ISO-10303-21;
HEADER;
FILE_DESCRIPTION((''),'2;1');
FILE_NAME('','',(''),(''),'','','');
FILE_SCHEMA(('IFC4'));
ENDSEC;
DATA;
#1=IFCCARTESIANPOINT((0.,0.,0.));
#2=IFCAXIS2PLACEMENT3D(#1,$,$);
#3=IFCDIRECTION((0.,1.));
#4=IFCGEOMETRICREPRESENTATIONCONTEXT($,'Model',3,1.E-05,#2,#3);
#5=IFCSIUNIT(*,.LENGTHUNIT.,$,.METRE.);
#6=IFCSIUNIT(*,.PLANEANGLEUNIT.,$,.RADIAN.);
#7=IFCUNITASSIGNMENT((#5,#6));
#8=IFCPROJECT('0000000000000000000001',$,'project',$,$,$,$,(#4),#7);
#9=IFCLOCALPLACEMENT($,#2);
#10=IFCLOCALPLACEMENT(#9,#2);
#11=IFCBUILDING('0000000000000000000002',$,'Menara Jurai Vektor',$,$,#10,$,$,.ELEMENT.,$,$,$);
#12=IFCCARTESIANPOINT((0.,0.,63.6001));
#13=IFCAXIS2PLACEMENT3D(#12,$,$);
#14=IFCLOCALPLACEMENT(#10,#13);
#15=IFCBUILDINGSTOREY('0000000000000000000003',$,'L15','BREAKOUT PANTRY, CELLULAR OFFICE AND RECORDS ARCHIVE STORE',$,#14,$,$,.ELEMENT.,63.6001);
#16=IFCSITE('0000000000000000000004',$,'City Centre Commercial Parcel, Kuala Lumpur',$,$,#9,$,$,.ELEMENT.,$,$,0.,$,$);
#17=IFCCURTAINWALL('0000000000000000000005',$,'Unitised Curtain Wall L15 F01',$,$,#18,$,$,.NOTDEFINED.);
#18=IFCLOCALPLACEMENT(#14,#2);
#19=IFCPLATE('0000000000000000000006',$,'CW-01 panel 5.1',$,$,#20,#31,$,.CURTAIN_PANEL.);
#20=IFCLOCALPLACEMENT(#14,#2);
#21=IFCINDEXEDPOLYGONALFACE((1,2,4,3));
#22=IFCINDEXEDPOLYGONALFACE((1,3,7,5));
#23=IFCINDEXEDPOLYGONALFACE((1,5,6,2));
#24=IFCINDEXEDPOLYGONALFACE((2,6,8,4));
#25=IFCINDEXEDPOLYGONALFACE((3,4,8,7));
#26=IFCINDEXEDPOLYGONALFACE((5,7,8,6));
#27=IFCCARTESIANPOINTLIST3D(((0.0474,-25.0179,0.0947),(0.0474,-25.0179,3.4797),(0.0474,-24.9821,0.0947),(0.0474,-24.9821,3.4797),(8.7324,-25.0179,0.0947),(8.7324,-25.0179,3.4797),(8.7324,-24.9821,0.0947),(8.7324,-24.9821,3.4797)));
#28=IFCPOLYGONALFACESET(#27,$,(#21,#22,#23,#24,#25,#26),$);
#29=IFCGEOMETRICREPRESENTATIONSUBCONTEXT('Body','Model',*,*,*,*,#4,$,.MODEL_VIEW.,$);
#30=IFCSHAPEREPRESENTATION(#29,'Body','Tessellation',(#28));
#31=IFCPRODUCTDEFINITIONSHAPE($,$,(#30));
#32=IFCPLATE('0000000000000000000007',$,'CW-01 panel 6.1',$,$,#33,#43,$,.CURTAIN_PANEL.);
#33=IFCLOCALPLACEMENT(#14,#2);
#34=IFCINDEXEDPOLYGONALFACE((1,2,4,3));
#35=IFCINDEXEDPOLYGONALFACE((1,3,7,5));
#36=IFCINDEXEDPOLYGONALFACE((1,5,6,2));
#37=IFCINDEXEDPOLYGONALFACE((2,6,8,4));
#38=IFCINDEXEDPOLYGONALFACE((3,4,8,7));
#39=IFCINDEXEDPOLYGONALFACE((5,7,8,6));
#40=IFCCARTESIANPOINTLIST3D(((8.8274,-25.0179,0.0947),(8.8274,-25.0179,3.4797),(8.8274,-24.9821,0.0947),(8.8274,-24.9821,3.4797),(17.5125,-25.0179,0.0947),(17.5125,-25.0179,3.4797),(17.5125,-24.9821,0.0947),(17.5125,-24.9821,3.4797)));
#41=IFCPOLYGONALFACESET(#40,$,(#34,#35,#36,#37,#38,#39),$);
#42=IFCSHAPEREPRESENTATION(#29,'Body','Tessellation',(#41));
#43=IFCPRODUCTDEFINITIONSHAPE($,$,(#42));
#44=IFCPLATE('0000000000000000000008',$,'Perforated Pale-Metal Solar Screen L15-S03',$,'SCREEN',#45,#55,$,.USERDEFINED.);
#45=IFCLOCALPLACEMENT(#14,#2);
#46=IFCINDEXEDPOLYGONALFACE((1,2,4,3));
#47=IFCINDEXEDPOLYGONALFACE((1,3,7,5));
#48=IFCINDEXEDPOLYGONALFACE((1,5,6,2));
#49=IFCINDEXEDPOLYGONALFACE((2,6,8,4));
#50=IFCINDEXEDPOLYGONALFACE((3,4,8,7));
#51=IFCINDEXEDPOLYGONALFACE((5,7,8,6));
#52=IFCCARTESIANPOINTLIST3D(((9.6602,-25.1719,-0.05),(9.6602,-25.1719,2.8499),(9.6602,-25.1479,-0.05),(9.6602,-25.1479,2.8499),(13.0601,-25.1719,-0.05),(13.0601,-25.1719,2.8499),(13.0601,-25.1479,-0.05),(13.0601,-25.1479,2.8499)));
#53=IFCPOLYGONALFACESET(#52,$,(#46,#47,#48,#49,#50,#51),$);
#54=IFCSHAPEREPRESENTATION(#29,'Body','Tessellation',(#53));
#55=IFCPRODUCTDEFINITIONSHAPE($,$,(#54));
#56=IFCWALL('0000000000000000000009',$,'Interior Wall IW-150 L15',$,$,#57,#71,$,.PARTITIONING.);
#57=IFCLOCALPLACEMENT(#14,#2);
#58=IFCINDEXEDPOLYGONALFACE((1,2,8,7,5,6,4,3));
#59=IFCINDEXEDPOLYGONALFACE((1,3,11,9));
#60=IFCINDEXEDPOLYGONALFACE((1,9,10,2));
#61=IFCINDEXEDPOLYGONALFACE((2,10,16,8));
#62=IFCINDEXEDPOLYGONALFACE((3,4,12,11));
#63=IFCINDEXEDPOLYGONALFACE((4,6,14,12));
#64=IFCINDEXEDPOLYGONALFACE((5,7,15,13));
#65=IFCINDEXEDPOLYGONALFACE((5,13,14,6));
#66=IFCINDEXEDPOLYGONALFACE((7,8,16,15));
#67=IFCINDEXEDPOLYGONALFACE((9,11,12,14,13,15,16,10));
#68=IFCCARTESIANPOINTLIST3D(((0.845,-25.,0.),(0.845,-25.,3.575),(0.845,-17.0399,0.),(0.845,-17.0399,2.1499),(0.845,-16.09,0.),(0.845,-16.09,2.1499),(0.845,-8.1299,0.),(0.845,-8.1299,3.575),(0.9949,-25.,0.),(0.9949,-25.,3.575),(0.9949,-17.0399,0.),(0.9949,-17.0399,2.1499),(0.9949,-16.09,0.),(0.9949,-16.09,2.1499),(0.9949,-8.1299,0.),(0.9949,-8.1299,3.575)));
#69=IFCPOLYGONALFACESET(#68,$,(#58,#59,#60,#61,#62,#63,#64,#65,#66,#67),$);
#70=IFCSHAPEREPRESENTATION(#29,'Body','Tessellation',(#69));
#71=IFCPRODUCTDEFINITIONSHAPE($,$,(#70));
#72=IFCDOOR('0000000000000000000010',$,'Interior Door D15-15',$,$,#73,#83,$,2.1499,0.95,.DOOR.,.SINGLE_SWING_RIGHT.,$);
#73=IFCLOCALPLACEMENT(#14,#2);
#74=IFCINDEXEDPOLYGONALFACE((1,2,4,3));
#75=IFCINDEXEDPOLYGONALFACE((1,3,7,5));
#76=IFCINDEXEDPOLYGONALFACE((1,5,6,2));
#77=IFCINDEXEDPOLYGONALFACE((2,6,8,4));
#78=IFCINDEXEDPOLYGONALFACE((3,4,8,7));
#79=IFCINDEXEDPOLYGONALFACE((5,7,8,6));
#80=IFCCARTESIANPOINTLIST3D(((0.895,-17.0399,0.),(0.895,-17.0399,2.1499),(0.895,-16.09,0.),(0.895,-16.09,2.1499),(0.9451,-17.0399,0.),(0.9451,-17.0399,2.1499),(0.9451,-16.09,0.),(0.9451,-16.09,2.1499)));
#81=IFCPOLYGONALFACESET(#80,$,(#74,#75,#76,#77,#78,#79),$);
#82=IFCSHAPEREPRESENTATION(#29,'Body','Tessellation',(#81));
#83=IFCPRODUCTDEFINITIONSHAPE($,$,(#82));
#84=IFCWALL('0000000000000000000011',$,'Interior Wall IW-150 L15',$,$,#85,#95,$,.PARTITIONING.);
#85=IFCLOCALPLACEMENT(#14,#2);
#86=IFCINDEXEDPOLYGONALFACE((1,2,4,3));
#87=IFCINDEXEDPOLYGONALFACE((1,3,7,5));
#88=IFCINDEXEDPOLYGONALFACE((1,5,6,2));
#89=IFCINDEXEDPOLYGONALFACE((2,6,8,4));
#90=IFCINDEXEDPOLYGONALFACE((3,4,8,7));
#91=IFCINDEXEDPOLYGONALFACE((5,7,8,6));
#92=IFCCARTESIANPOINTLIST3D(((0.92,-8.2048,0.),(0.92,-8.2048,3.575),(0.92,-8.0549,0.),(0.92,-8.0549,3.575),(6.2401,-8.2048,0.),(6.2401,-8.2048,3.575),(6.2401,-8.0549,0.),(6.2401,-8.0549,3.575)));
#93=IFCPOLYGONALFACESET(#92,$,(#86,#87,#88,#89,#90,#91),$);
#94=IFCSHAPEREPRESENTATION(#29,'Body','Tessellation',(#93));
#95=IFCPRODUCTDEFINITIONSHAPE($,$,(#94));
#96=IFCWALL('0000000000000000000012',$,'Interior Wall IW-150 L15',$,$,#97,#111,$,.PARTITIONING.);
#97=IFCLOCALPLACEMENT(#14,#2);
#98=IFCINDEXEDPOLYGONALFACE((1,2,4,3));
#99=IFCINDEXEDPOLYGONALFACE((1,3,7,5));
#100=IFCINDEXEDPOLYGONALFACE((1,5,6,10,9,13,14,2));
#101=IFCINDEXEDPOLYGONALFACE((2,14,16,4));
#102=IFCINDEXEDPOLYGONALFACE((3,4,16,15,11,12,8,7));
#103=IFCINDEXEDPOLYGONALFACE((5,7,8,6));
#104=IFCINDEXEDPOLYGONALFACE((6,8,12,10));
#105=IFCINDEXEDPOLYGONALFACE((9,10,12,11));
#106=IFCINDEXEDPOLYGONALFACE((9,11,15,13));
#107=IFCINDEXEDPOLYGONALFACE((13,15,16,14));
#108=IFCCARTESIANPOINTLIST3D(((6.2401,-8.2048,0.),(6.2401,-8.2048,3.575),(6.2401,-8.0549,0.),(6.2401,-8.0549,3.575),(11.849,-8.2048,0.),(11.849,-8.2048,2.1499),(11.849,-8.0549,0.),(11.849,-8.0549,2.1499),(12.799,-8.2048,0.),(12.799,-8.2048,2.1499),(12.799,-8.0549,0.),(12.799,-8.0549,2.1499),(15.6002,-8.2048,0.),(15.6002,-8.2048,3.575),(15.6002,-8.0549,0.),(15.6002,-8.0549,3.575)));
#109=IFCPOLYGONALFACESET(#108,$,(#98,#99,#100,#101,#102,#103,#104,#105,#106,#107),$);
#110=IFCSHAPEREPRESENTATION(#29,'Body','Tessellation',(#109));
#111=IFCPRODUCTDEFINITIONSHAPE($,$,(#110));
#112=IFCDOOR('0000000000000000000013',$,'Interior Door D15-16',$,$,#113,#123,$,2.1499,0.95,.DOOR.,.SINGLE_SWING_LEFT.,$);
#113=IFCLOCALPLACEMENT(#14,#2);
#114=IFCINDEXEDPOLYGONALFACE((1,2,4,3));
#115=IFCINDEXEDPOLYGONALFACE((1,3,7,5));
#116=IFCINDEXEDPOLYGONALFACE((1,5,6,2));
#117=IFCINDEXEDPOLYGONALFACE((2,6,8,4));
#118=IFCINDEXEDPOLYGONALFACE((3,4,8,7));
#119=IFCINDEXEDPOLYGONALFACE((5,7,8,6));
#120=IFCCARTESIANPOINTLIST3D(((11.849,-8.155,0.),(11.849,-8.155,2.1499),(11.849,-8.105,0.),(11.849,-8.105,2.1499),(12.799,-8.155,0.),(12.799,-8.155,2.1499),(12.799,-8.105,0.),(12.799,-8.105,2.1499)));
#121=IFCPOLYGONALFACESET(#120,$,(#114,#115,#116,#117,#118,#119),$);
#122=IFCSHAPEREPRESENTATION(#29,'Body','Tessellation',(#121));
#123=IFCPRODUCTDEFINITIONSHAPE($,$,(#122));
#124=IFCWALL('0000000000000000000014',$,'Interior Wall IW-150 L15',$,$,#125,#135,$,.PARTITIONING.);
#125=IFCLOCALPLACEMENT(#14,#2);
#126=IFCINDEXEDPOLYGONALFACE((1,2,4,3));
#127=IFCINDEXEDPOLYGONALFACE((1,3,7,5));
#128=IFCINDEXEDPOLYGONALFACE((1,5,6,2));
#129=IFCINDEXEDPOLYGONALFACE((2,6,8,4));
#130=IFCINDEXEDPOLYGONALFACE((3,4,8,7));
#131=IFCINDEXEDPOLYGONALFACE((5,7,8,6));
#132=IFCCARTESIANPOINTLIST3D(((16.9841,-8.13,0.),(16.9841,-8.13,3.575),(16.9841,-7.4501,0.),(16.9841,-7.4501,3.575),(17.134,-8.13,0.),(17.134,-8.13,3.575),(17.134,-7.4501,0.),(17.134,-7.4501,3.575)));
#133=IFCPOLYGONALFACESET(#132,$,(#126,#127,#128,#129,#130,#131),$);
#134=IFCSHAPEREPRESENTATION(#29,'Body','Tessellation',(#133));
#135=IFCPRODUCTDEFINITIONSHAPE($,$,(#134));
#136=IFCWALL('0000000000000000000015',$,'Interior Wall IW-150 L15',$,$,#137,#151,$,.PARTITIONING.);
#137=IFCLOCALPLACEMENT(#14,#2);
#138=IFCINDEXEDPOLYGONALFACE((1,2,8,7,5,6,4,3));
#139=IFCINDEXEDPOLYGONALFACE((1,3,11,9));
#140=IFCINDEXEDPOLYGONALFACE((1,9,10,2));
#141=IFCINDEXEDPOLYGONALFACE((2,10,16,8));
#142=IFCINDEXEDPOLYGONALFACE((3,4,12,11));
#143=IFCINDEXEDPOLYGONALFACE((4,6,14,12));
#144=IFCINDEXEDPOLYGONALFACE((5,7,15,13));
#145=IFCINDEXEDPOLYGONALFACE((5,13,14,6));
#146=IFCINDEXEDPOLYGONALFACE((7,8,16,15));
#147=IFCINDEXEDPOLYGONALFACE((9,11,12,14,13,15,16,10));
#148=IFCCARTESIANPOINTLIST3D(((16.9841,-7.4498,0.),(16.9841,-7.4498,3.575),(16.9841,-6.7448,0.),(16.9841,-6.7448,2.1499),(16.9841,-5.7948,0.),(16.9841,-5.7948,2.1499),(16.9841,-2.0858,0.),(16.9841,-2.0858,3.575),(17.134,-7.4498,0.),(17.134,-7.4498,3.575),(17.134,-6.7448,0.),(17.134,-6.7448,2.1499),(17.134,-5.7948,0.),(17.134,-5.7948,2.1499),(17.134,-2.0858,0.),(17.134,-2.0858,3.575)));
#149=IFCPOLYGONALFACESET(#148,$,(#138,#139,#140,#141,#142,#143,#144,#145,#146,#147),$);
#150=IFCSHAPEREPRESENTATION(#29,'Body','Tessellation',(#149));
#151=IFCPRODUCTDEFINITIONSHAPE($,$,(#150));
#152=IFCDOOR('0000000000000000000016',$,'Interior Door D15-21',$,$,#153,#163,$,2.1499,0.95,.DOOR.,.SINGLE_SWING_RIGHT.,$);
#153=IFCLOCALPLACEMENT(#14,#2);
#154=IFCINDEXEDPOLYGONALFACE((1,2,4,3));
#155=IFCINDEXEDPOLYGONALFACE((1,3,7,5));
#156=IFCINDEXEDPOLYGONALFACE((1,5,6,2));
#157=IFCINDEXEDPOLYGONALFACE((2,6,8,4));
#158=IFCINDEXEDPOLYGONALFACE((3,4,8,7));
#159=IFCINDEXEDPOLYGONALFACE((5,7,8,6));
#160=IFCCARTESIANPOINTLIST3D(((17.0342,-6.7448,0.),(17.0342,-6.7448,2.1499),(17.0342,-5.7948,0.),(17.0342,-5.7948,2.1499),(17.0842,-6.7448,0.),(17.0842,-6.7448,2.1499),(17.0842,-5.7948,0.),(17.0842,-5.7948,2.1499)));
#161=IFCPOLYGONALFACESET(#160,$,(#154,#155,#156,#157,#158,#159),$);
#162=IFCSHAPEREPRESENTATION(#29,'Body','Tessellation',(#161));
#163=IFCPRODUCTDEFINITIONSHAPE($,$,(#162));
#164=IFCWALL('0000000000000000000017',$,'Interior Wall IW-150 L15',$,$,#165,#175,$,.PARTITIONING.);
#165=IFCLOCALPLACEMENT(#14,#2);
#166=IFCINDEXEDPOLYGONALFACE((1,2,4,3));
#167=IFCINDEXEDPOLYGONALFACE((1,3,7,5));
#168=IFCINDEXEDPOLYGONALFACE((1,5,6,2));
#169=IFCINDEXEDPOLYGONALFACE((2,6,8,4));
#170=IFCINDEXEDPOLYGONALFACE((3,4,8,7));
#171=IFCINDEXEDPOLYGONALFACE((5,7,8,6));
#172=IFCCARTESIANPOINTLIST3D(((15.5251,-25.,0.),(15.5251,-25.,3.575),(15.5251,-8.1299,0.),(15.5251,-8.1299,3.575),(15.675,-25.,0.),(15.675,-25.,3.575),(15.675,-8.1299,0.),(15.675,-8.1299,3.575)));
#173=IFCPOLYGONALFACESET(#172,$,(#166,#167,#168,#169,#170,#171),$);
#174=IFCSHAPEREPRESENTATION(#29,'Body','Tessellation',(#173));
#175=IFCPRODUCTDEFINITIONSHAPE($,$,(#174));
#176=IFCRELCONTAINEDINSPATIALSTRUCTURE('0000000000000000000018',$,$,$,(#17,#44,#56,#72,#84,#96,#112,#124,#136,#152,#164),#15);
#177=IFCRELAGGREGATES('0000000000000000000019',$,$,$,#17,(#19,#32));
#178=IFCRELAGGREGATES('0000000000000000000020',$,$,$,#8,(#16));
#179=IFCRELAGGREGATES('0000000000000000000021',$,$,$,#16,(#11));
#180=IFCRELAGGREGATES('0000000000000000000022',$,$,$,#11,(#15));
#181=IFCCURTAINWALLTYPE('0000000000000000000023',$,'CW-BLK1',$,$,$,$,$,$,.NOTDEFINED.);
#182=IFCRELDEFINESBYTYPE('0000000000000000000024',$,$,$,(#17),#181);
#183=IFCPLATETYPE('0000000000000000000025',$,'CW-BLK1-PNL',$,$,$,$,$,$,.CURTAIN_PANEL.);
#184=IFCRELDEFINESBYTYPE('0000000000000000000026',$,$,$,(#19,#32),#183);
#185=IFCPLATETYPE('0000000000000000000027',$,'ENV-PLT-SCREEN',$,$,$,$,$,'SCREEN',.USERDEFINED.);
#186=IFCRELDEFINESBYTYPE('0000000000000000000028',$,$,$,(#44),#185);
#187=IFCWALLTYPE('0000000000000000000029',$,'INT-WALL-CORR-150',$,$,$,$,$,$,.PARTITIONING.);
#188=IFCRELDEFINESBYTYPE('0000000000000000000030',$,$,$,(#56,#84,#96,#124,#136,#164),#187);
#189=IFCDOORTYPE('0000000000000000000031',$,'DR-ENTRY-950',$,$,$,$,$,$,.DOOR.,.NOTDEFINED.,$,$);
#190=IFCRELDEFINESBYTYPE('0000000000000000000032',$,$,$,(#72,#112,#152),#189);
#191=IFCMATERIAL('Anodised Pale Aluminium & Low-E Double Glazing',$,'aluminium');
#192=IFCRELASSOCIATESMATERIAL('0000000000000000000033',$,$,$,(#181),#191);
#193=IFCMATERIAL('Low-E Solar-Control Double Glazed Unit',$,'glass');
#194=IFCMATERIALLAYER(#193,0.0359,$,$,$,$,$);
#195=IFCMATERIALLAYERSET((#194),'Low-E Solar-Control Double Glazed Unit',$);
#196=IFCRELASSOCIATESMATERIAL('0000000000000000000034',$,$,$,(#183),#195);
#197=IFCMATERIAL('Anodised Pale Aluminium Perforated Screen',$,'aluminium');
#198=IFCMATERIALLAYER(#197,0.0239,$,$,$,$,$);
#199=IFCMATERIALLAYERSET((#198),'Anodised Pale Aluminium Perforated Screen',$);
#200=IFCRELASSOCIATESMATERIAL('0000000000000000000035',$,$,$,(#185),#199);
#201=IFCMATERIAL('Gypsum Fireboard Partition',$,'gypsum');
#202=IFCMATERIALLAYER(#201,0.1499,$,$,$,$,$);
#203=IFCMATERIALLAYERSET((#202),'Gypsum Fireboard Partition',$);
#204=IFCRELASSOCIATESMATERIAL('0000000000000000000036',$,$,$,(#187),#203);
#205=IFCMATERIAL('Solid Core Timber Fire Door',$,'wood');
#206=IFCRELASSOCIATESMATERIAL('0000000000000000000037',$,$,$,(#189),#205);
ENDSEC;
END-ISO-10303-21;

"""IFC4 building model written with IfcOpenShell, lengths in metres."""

from ifc_helpers import new_model, si_unit, direction, frame, frame_2d, origin, origin_2d, place, context, subcontext, project, spatial, rectangle, extrude, material, layer, layer_set, type_object, element, fill, aggregate, save


model = new_model("IFC4")

# Units and contexts
model_context = context("Model", 3, precision=1e-05, world=origin(), true_north=direction((0.0, 1.0)))
body_context = subcontext(model_context, "Body", "Model", "MODEL_VIEW")
ifc_project = project(units=[si_unit("LENGTHUNIT", "METRE"), si_unit("PLANEANGLEUNIT", "RADIAN")], contexts=[model_context])

# Site, building, storey
site_placement = place(None, origin())
site = spatial("IfcSite", under=ifc_project, at=site_placement, Name="City Centre Commercial Parcel, Kuala Lumpur", CompositionType="ELEMENT", RefElevation=0.0)
building_placement = place(site_placement, origin())
building = spatial("IfcBuilding", under=site, at=building_placement, Name="Menara Jurai Vektor", CompositionType="ELEMENT")
storey_placement = place(building_placement, frame((0.0, 0.0, 63.6001)))
storey = spatial("IfcBuildingStorey", under=building, at=storey_placement, Name="L15", Description="BREAKOUT PANTRY, CELLULAR OFFICE AND RECORDS ARCHIVE STORE", CompositionType="ELEMENT", Elevation=63.6001)

# Curtain wall
ifc_material_1 = material(Name="Anodised Pale Aluminium & Low-E Double Glazing", Category="aluminium")
curtain_wall_type = type_object("IfcCurtainWallType", Name="CW-BLK1", PredefinedType="NOTDEFINED", material=ifc_material_1)
curtain_wall_placement = place(storey_placement, origin())
curtain_wall = element("IfcCurtainWall", 1, at=curtain_wall_placement, inside=storey, type_object=curtain_wall_type, Name="Unitised Curtain Wall L15 F01", PredefinedType="NOTDEFINED")

# Plates
ifc_material_2 = material(Name="Low-E Solar-Control Double Glazed Unit", Category="glass")
ifc_layer_1 = layer(ifc_material_2, 0.0359)
ifc_layer_set_1 = layer_set([ifc_layer_1], Name="Low-E Solar-Control Double Glazed Unit")
plate_type_1 = type_object("IfcPlateType", Name="CW-BLK1-PNL", PredefinedType="CURTAIN_PANEL", material=ifc_layer_set_1)
plate_1_placement = place(storey_placement, frame((4.3899, -25.0, 0.0947), z_axis=(0.0, 0.0, 1.0), x_axis=(1.0, 0.0, 0.0)))
plate_1 = element("IfcPlate", 2, at=plate_1_placement, type_object=plate_type_1, Name="CW-01 panel 5.1", PredefinedType="CURTAIN_PANEL", context=body_context, shape_type="SweptSolid", body=[
    extrude(rectangle(XDim=8.6851, YDim=0.0359, at=origin_2d()), origin(), (0.0, 0.0, 1.0), 3.385),
])
plate_2_placement = place(storey_placement, frame((13.1699, -25.0, 0.0947), z_axis=(0.0, 0.0, 1.0), x_axis=(1.0, 0.0, 0.0)))
plate_2 = element("IfcPlate", 3, at=plate_2_placement, type_object=plate_type_1, Name="CW-01 panel 6.1", PredefinedType="CURTAIN_PANEL", context=body_context, shape_type="SweptSolid", body=[
    extrude(rectangle(XDim=8.6851, YDim=0.0359, at=origin_2d()), origin(), (0.0, 0.0, 1.0), 3.385),
])
aggregate(curtain_wall, [plate_1, plate_2])
ifc_material_3 = material(Name="Anodised Pale Aluminium Perforated Screen", Category="aluminium")
ifc_layer_2 = layer(ifc_material_3, 0.0239)
ifc_layer_set_2 = layer_set([ifc_layer_2], Name="Anodised Pale Aluminium Perforated Screen")
plate_type_2 = type_object("IfcPlateType", Name="ENV-PLT-SCREEN", ElementType="SCREEN", PredefinedType="USERDEFINED", material=ifc_layer_set_2)
plate_3_placement = place(storey_placement, frame((11.3601, -25.1599, -0.05), z_axis=(0.0, 0.0, 1.0), x_axis=(1.0, 0.0, 0.0)))
element("IfcPlate", 4, at=plate_3_placement, inside=storey, type_object=plate_type_2, Name="Perforated Pale-Metal Solar Screen L15-S03", ObjectType="SCREEN", PredefinedType="USERDEFINED", context=body_context, shape_type="SweptSolid", body=[
    extrude(rectangle(XDim=3.3999, YDim=0.0239, at=origin_2d()), origin(), (0.0, 0.0, 1.0), 2.8999),
])

# Wall, opening, door
ifc_material_4 = material(Name="Gypsum Fireboard Partition", Category="gypsum")
ifc_layer_3 = layer(ifc_material_4, 0.1499)
ifc_layer_set_3 = layer_set([ifc_layer_3], Name="Gypsum Fireboard Partition")
wall_type_1 = type_object("IfcWallType", Name="INT-WALL-CORR-150", PredefinedType="PARTITIONING", material=ifc_layer_set_3)
wall_1_placement = place(storey_placement, frame((0.9199, -25.0, 0.0), z_axis=(0.0, 0.0, 1.0), x_axis=(0.0, 1.0, 0.0)))
wall_1 = element("IfcWall", 5, at=wall_1_placement, inside=storey, type_object=wall_type_1, Name="Interior Wall IW-150 L15", PredefinedType="PARTITIONING", context=body_context, shape_type="SweptSolid", body=[
    extrude(rectangle(XDim=16.8701, YDim=0.1499, at=frame_2d((8.4351, 0.0))), origin(), (0.0, 0.0, 1.0), 3.575),
])
opening_1_placement = place(wall_1_placement, frame((7.96, 0.0, 0.0)))
opening_1 = element("IfcOpeningElement", 6, at=opening_1_placement, cuts=wall_1, PredefinedType="OPENING", context=body_context, shape_type="SweptSolid", body=[
    extrude(rectangle(XDim=0.95, YDim=2.1499, at=frame_2d((0.4751, 1.075))), frame((0.0, 0.085, 0.0), z_axis=(0.0, -1.0, 0.0), x_axis=(1.0, 0.0, 0.0)), (0.0, 0.0, 1.0), 0.1699),
])
ifc_material_5 = material(Name="Solid Core Timber Fire Door", Category="wood")
door_type = type_object("IfcDoorType", Name="DR-ENTRY-950", OperationType="NOTDEFINED", PredefinedType="DOOR", material=ifc_material_5)
door_1_placement = place(opening_1_placement, origin())
door_1 = element("IfcDoor", 7, at=door_1_placement, inside=storey, type_object=door_type, Name="Interior Door D15-15", OperationType="SINGLE_SWING_RIGHT", OverallHeight=2.1499, OverallWidth=0.95, PredefinedType="DOOR", context=body_context, shape_type="SweptSolid", body=[
    extrude(rectangle(XDim=0.95, YDim=2.1499, at=frame_2d((0.4751, 1.075))), frame((0.0, 0.0249, 0.0), z_axis=(0.0, -1.0, 0.0), x_axis=(1.0, 0.0, 0.0)), (0.0, 0.0, 1.0), 0.05),
])
fill(opening_1, door_1)

# Wall
wall_2_placement = place(storey_placement, frame((0.9199, -8.1299, 0.0), z_axis=(0.0, 0.0, 1.0), x_axis=(1.0, 0.0, 0.0)))
element("IfcWall", 8, at=wall_2_placement, inside=storey, type_object=wall_type_1, Name="Interior Wall IW-150 L15", PredefinedType="PARTITIONING", context=body_context, shape_type="SweptSolid", body=[
    extrude(rectangle(XDim=5.3201, YDim=0.1499, at=frame_2d((2.6602, 0.0))), origin(), (0.0, 0.0, 1.0), 3.575),
])

# Wall, opening, door
wall_3_placement = place(storey_placement, frame((6.24, -8.1299, 0.0), z_axis=(0.0, 0.0, 1.0), x_axis=(1.0, 0.0, 0.0)))
wall_3 = element("IfcWall", 9, at=wall_3_placement, inside=storey, type_object=wall_type_1, Name="Interior Wall IW-150 L15", PredefinedType="PARTITIONING", context=body_context, shape_type="SweptSolid", body=[
    extrude(rectangle(XDim=9.3601, YDim=0.1499, at=frame_2d((4.6802, 0.0))), origin(), (0.0, 0.0, 1.0), 3.575),
])
opening_2_placement = place(wall_3_placement, frame((5.6089, 0.0, 0.0)))
opening_2 = element("IfcOpeningElement", 10, at=opening_2_placement, cuts=wall_3, PredefinedType="OPENING", context=body_context, shape_type="SweptSolid", body=[
    extrude(rectangle(XDim=0.95, YDim=2.1499, at=frame_2d((0.4751, 1.075))), frame((0.0, 0.085, 0.0), z_axis=(0.0, -1.0, 0.0), x_axis=(1.0, 0.0, 0.0)), (0.0, 0.0, 1.0), 0.1699),
])
door_2_placement = place(opening_2_placement, origin())
door_2 = element("IfcDoor", 11, at=door_2_placement, inside=storey, type_object=door_type, Name="Interior Door D15-16", OperationType="SINGLE_SWING_LEFT", OverallHeight=2.1499, OverallWidth=0.95, PredefinedType="DOOR", context=body_context, shape_type="SweptSolid", body=[
    extrude(rectangle(XDim=0.95, YDim=2.1499, at=frame_2d((0.4751, 1.075))), frame((0.0, 0.0249, 0.0), z_axis=(0.0, -1.0, 0.0), x_axis=(1.0, 0.0, 0.0)), (0.0, 0.0, 1.0), 0.05),
])
fill(opening_2, door_2)

# Wall
wall_4_placement = place(storey_placement, frame((17.0591, -8.1299, 0.0), z_axis=(0.0, 0.0, 1.0), x_axis=(0.0, 1.0, 0.0)))
element("IfcWall", 12, at=wall_4_placement, inside=storey, type_object=wall_type_1, Name="Interior Wall IW-150 L15", PredefinedType="PARTITIONING", context=body_context, shape_type="SweptSolid", body=[
    extrude(rectangle(XDim=0.6799, YDim=0.1499, at=frame_2d((0.3398, 0.0))), origin(), (0.0, 0.0, 1.0), 3.575),
])

# Wall, opening, door
wall_5_placement = place(storey_placement, frame((17.0591, -7.45, 0.0), z_axis=(0.0, 0.0, 1.0), x_axis=(0.0, 1.0, 0.0)))
wall_5 = element("IfcWall", 13, at=wall_5_placement, inside=storey, type_object=wall_type_1, Name="Interior Wall IW-150 L15", PredefinedType="PARTITIONING", context=body_context, shape_type="SweptSolid", body=[
    extrude(rectangle(XDim=5.364, YDim=0.1499, at=frame_2d((2.6821, 0.0))), origin(), (0.0, 0.0, 1.0), 3.575),
])
opening_3_placement = place(wall_5_placement, frame((0.7051, 0.0, 0.0)))
opening_3 = element("IfcOpeningElement", 14, at=opening_3_placement, cuts=wall_5, PredefinedType="OPENING", context=body_context, shape_type="SweptSolid", body=[
    extrude(rectangle(XDim=0.95, YDim=2.1499, at=frame_2d((0.4751, 1.075))), frame((0.0, 0.085, 0.0), z_axis=(0.0, -1.0, 0.0), x_axis=(1.0, 0.0, 0.0)), (0.0, 0.0, 1.0), 0.1699),
])
door_3_placement = place(opening_3_placement, origin())
door_3 = element("IfcDoor", 15, at=door_3_placement, inside=storey, type_object=door_type, Name="Interior Door D15-21", OperationType="SINGLE_SWING_RIGHT", OverallHeight=2.1499, OverallWidth=0.95, PredefinedType="DOOR", context=body_context, shape_type="SweptSolid", body=[
    extrude(rectangle(XDim=0.95, YDim=2.1499, at=frame_2d((0.4751, 1.075))), frame((0.0, 0.0249, 0.0), z_axis=(0.0, -1.0, 0.0), x_axis=(1.0, 0.0, 0.0)), (0.0, 0.0, 1.0), 0.05),
])
fill(opening_3, door_3)

# Wall
wall_6_placement = place(storey_placement, frame((15.6001, -25.0, 0.0), z_axis=(0.0, 0.0, 1.0), x_axis=(0.0, 1.0, 0.0)))
element("IfcWall", 16, at=wall_6_placement, inside=storey, type_object=wall_type_1, Name="Interior Wall IW-150 L15", PredefinedType="PARTITIONING", context=body_context, shape_type="SweptSolid", body=[
    extrude(rectangle(XDim=16.8701, YDim=0.1499, at=frame_2d((8.4351, 0.0))), origin(), (0.0, 0.0, 1.0), 3.575),
])

save(model, "model.ifc")
